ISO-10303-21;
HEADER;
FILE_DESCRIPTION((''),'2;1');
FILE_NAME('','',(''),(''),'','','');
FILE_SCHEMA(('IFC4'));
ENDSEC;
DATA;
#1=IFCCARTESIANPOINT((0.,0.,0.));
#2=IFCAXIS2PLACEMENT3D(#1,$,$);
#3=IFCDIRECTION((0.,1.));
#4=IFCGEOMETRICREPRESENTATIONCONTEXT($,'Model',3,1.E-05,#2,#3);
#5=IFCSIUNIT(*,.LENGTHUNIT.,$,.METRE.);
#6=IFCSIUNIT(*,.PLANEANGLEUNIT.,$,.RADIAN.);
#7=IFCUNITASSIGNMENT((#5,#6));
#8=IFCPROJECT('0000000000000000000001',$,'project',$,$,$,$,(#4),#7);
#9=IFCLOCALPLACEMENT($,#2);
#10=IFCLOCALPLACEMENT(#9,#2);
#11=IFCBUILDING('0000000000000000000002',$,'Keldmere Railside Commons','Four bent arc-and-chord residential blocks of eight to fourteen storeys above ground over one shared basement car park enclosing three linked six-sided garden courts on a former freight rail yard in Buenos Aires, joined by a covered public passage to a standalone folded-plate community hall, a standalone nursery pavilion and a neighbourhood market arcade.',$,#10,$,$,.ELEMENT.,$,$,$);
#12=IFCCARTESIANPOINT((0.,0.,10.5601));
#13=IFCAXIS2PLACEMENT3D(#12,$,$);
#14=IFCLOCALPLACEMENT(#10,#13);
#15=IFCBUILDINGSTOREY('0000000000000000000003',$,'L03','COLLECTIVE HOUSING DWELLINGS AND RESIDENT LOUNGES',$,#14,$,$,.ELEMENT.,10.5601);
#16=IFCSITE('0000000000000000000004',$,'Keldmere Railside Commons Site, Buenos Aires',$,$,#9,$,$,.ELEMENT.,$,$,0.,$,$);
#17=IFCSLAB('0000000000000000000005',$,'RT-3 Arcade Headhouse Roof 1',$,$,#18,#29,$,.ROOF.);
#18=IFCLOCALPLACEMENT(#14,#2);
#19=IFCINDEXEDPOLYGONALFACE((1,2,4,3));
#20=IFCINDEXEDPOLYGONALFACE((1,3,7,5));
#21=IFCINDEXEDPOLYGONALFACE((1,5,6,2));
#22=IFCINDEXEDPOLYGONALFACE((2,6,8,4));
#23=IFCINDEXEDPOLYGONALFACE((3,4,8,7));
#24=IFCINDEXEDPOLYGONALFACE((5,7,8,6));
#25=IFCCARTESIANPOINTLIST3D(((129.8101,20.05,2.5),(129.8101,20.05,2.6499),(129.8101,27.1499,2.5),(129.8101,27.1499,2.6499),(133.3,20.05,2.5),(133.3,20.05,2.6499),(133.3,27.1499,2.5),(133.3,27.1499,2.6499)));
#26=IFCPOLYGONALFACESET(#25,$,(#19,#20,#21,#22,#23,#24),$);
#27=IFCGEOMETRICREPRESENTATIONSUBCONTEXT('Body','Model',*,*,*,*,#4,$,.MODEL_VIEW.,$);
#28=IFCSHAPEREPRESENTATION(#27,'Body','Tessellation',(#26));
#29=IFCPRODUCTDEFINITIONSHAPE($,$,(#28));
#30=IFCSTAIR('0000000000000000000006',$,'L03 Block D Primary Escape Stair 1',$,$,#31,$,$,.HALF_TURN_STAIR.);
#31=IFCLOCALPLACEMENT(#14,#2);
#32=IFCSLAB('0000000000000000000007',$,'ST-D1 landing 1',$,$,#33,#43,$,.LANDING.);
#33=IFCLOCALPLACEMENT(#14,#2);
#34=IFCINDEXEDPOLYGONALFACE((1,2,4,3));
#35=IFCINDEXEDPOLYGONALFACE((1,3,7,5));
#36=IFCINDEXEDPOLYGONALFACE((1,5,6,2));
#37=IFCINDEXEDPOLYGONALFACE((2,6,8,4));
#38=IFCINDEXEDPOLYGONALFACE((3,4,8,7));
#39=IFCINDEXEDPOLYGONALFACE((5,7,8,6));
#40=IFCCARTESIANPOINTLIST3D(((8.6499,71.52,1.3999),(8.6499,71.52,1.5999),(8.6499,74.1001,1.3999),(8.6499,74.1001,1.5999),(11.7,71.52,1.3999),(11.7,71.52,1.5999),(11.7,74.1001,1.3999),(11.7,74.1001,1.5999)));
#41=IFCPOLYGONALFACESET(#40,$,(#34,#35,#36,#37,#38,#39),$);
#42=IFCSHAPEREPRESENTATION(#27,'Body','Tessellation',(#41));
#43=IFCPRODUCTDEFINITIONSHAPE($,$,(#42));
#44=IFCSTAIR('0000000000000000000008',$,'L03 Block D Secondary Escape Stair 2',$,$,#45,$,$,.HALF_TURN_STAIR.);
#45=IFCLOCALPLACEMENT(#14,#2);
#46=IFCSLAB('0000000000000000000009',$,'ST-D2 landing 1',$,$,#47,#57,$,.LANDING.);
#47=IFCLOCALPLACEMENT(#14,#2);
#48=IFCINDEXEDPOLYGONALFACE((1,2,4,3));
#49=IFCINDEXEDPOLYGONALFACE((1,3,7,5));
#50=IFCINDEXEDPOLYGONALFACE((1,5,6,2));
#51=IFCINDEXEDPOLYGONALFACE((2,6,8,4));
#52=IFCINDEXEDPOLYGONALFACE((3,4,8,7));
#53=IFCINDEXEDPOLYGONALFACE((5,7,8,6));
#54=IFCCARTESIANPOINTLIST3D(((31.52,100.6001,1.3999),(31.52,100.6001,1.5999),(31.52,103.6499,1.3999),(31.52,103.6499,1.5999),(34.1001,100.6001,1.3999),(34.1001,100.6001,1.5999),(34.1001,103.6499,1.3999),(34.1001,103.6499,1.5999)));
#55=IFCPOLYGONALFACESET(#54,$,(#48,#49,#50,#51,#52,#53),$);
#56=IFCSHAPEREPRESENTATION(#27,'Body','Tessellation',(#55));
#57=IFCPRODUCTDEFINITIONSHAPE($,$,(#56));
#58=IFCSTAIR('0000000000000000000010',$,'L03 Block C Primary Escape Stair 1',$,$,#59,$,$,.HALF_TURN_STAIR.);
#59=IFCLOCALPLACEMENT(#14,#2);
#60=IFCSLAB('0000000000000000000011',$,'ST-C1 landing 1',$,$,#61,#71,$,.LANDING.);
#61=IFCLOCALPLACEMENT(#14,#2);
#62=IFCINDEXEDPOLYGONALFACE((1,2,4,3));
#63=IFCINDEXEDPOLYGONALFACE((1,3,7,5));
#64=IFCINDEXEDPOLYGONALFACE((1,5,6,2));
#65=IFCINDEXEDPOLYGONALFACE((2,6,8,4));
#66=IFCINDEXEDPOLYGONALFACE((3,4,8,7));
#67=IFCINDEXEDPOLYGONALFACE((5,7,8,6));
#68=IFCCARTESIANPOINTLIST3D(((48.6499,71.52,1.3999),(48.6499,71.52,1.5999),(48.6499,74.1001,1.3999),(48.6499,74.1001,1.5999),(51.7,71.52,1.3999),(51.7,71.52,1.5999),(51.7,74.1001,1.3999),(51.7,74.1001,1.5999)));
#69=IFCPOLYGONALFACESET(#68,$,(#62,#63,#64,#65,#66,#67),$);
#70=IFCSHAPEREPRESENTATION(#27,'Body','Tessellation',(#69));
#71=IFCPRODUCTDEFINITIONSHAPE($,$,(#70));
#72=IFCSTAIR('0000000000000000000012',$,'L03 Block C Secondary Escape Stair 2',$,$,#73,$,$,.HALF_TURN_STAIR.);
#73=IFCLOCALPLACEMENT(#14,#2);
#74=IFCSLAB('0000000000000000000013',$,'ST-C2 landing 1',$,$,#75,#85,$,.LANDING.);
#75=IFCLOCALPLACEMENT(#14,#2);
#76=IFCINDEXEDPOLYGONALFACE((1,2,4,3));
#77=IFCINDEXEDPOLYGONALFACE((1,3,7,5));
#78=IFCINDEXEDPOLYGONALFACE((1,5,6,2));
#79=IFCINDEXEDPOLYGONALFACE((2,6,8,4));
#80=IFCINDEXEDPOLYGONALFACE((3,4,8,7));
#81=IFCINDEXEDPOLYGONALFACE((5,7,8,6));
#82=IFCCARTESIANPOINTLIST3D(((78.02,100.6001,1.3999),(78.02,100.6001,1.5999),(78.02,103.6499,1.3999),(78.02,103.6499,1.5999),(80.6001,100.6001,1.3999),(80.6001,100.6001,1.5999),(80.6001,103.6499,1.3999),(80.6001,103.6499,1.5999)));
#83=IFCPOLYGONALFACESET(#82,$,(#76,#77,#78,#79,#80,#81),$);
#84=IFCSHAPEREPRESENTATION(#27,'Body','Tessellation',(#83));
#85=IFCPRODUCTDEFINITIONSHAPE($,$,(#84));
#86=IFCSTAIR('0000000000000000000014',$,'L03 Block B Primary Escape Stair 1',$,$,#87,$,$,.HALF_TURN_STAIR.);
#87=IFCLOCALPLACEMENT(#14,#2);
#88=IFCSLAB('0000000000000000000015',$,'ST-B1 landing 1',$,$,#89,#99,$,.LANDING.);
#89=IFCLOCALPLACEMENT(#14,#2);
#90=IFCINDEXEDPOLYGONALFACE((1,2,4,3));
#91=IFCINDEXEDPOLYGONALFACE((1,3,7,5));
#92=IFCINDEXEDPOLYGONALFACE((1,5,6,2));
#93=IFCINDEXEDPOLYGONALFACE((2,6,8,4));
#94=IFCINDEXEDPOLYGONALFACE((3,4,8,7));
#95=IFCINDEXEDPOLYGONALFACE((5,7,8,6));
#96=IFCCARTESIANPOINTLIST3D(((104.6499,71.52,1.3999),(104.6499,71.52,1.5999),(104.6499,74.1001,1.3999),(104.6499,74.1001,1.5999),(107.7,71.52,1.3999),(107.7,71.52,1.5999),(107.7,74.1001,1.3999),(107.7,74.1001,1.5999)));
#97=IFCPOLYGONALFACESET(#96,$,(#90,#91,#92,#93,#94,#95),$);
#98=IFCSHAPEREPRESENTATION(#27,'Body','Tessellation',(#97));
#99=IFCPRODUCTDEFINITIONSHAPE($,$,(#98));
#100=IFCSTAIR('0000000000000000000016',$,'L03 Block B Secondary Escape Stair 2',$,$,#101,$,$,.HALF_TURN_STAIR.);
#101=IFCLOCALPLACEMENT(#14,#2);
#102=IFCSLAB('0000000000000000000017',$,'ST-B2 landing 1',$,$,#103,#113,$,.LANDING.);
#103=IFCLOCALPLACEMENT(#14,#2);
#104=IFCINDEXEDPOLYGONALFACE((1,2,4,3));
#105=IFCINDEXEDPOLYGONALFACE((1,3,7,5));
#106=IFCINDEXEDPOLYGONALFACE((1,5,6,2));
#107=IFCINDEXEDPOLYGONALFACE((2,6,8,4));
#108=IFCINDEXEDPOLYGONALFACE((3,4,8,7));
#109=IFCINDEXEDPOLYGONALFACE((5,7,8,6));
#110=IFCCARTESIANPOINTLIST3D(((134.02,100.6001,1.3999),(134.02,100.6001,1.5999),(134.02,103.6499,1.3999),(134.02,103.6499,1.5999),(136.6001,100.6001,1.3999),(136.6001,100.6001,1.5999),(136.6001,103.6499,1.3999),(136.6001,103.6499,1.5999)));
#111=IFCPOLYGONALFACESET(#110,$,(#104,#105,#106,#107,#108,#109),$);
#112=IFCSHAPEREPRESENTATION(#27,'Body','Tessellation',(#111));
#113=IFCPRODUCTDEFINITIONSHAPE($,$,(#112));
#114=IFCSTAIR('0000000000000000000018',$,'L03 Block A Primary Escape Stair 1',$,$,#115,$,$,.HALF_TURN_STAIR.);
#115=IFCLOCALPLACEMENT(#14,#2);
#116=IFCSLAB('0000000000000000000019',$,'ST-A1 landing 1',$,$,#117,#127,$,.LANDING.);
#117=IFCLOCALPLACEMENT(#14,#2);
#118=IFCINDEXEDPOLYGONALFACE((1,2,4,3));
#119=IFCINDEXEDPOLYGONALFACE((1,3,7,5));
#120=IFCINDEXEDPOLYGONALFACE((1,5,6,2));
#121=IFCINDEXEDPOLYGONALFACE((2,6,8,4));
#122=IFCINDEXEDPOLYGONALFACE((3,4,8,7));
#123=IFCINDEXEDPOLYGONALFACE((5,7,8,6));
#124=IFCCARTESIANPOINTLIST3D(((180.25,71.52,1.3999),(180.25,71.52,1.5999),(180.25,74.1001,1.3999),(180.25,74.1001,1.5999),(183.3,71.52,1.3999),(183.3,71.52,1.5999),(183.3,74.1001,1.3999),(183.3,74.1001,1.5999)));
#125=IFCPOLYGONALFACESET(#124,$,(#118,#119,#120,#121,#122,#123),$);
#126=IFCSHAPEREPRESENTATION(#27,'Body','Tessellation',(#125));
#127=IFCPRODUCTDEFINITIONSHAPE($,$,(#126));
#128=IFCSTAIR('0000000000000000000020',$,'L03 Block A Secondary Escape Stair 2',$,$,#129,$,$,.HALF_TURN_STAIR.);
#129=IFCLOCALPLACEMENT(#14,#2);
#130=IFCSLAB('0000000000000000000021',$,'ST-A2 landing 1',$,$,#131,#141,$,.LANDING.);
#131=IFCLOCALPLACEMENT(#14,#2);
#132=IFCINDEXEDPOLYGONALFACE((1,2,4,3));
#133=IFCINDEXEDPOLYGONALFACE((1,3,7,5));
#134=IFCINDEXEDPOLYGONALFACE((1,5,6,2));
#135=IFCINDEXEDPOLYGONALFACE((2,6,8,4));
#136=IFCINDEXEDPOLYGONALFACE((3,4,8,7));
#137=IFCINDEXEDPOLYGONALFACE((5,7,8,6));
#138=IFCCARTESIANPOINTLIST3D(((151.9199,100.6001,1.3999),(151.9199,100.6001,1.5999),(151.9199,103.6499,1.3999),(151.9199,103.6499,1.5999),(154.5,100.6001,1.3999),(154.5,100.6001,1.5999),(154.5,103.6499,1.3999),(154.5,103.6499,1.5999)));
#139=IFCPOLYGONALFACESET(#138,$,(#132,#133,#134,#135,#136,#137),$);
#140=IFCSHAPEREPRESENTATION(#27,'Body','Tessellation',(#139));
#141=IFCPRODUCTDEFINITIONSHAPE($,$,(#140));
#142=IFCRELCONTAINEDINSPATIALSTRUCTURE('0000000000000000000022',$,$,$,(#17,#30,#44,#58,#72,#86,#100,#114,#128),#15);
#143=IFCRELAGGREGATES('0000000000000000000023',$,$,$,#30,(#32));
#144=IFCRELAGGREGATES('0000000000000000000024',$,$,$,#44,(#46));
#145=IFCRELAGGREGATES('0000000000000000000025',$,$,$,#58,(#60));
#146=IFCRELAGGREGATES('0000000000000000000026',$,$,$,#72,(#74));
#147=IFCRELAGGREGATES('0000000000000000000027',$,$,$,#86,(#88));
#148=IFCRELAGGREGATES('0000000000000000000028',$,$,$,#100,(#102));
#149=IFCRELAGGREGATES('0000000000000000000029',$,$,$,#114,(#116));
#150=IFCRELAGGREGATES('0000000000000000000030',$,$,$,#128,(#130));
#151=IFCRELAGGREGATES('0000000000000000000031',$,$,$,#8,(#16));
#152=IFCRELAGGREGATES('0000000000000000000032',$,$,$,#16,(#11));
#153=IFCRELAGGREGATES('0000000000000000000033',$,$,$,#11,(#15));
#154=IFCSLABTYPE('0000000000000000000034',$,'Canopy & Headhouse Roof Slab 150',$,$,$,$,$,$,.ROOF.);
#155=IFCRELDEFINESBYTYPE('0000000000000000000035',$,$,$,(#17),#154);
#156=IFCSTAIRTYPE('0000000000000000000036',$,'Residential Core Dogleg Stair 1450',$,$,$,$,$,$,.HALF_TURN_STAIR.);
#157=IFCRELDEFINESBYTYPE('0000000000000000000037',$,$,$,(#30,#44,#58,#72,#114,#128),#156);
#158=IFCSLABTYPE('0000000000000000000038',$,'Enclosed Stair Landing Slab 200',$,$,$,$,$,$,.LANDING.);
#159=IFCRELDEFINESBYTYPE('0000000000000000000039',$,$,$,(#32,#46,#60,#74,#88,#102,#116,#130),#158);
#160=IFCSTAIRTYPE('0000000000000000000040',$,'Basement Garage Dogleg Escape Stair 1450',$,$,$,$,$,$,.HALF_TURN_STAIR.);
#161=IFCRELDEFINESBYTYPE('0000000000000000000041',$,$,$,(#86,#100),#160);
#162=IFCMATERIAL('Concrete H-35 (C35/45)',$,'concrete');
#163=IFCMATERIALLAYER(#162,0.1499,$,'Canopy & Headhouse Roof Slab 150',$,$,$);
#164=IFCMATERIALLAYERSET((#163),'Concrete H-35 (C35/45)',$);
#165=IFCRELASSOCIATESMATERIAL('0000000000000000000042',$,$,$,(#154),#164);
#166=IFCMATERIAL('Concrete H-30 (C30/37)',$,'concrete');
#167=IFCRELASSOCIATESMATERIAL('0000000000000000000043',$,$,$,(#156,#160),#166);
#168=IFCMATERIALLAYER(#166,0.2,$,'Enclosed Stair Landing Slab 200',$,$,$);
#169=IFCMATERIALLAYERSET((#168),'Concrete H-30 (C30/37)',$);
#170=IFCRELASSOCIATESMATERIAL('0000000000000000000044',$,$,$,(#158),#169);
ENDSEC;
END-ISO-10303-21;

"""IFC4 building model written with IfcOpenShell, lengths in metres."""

from ifc_helpers import new_model, si_unit, direction, frame, origin, place, context, subcontext, project, spatial, polyline, outline, extrude, material, layer, layer_set, type_object, element, aggregate, save


model = new_model("IFC4")

# Units and contexts
model_context = context("Model", 3, precision=1e-05, world=origin(), true_north=direction((0.0, 1.0)))
body_context = subcontext(model_context, "Body", "Model", "MODEL_VIEW")
ifc_project = project(units=[si_unit("LENGTHUNIT", "METRE"), si_unit("PLANEANGLEUNIT", "RADIAN")], contexts=[model_context])

# Site, building, storey
site_placement = place(None, origin())
site = spatial("IfcSite", under=ifc_project, at=site_placement, Name="Keldmere Railside Commons Site, Buenos Aires", CompositionType="ELEMENT", RefElevation=0.0)
building_placement = place(site_placement, origin())
building = spatial("IfcBuilding", under=site, at=building_placement, Name="Keldmere Railside Commons", Description="Four bent arc-and-chord residential blocks of eight to fourteen storeys above ground over one shared basement car park enclosing three linked six-sided garden courts on a former freight rail yard in Buenos Aires, joined by a covered public passage to a standalone folded-plate community hall, a standalone nursery pavilion and a neighbourhood market arcade.", CompositionType="ELEMENT")
storey_placement = place(building_placement, frame((0.0, 0.0, 10.5601)))
storey = spatial("IfcBuildingStorey", under=building, at=storey_placement, Name="L03", Description="COLLECTIVE HOUSING DWELLINGS AND RESIDENT LOUNGES", CompositionType="ELEMENT", Elevation=10.5601)

# Slab
ifc_material_1 = material(Name="Concrete H-35 (C35/45)", Category="concrete")
ifc_layer_1 = layer(ifc_material_1, 0.1499, Name="Canopy & Headhouse Roof Slab 150")
ifc_layer_set_1 = layer_set([ifc_layer_1], Name="Concrete H-35 (C35/45)")
slab_type_1 = type_object("IfcSlabType", Name="Canopy & Headhouse Roof Slab 150", PredefinedType="ROOF", material=ifc_layer_set_1)
slab_1_placement = place(storey_placement, frame((0.0, 0.0, 2.5)))
element("IfcSlab", 1, at=slab_1_placement, inside=storey, type_object=slab_type_1, Name="RT-3 Arcade Headhouse Roof 1", PredefinedType="ROOF", context=body_context, shape_type="SweptSolid", body=[
    extrude(outline(polyline([(129.8101, 20.05), (133.3, 20.05), (133.3, 27.1499), (129.8101, 27.1499), (129.8101, 20.05)])), origin(), (0.0, 0.0, 1.0), 0.1499),
])

# Stairs, slabs
ifc_material_2 = material(Name="Concrete H-30 (C30/37)", Category="concrete")
stair_type_1 = type_object("IfcStairType", Name="Residential Core Dogleg Stair 1450", PredefinedType="HALF_TURN_STAIR", material=ifc_material_2)
stair_1_placement = place(storey_placement, origin())
stair_1 = element("IfcStair", 2, at=stair_1_placement, inside=storey, type_object=stair_type_1, Name="L03 Block D Primary Escape Stair 1", PredefinedType="HALF_TURN_STAIR")
ifc_layer_2 = layer(ifc_material_2, 0.2, Name="Enclosed Stair Landing Slab 200")
ifc_layer_set_2 = layer_set([ifc_layer_2], Name="Concrete H-30 (C30/37)")
slab_type_2 = type_object("IfcSlabType", Name="Enclosed Stair Landing Slab 200", PredefinedType="LANDING", material=ifc_layer_set_2)
slab_2_placement = place(storey_placement, frame((0.0, 0.0, 1.3999)))
slab_2 = element("IfcSlab", 3, at=slab_2_placement, type_object=slab_type_2, Name="ST-D1 landing 1", PredefinedType="LANDING", context=body_context, shape_type="SweptSolid", body=[
    extrude(outline(polyline([(11.7, 71.52), (11.7, 74.1001), (8.6499, 74.1001), (8.6499, 71.52), (11.7, 71.52)])), origin(), (0.0, 0.0, 1.0), 0.2),
])
aggregate(stair_1, [slab_2])
stair_2_placement = place(storey_placement, origin())
stair_2 = element("IfcStair", 4, at=stair_2_placement, inside=storey, type_object=stair_type_1, Name="L03 Block D Secondary Escape Stair 2", PredefinedType="HALF_TURN_STAIR")
slab_3_placement = place(storey_placement, frame((0.0, 0.0, 1.3999)))
slab_3 = element("IfcSlab", 5, at=slab_3_placement, type_object=slab_type_2, Name="ST-D2 landing 1", PredefinedType="LANDING", context=body_context, shape_type="SweptSolid", body=[
    extrude(outline(polyline([(31.52, 100.6001), (34.1001, 100.6001), (34.1001, 103.6499), (31.52, 103.6499), (31.52, 100.6001)])), origin(), (0.0, 0.0, 1.0), 0.2),
])
aggregate(stair_2, [slab_3])
stair_3_placement = place(storey_placement, origin())
stair_3 = element("IfcStair", 6, at=stair_3_placement, inside=storey, type_object=stair_type_1, Name="L03 Block C Primary Escape Stair 1", PredefinedType="HALF_TURN_STAIR")
slab_4_placement = place(storey_placement, frame((0.0, 0.0, 1.3999)))
slab_4 = element("IfcSlab", 7, at=slab_4_placement, type_object=slab_type_2, Name="ST-C1 landing 1", PredefinedType="LANDING", context=body_context, shape_type="SweptSolid", body=[
    extrude(outline(polyline([(51.7, 71.52), (51.7, 74.1001), (48.6499, 74.1001), (48.6499, 71.52), (51.7, 71.52)])), origin(), (0.0, 0.0, 1.0), 0.2),
])
aggregate(stair_3, [slab_4])
stair_4_placement = place(storey_placement, origin())
stair_4 = element("IfcStair", 8, at=stair_4_placement, inside=storey, type_object=stair_type_1, Name="L03 Block C Secondary Escape Stair 2", PredefinedType="HALF_TURN_STAIR")
slab_5_placement = place(storey_placement, frame((0.0, 0.0, 1.3999)))
slab_5 = element("IfcSlab", 9, at=slab_5_placement, type_object=slab_type_2, Name="ST-C2 landing 1", PredefinedType="LANDING", context=body_context, shape_type="SweptSolid", body=[
    extrude(outline(polyline([(78.02, 100.6001), (80.6001, 100.6001), (80.6001, 103.6499), (78.02, 103.6499), (78.02, 100.6001)])), origin(), (0.0, 0.0, 1.0), 0.2),
])
aggregate(stair_4, [slab_5])
stair_type_2 = type_object("IfcStairType", Name="Basement Garage Dogleg Escape Stair 1450", PredefinedType="HALF_TURN_STAIR", material=ifc_material_2)
stair_5_placement = place(storey_placement, origin())
stair_5 = element("IfcStair", 10, at=stair_5_placement, inside=storey, type_object=stair_type_2, Name="L03 Block B Primary Escape Stair 1", PredefinedType="HALF_TURN_STAIR")
slab_6_placement = place(storey_placement, frame((0.0, 0.0, 1.3999)))
slab_6 = element("IfcSlab", 11, at=slab_6_placement, type_object=slab_type_2, Name="ST-B1 landing 1", PredefinedType="LANDING", context=body_context, shape_type="SweptSolid", body=[
    extrude(outline(polyline([(107.7, 71.52), (107.7, 74.1001), (104.6499, 74.1001), (104.6499, 71.52), (107.7, 71.52)])), origin(), (0.0, 0.0, 1.0), 0.2),
])
aggregate(stair_5, [slab_6])
stair_6_placement = place(storey_placement, origin())
stair_6 = element("IfcStair", 12, at=stair_6_placement, inside=storey, type_object=stair_type_2, Name="L03 Block B Secondary Escape Stair 2", PredefinedType="HALF_TURN_STAIR")
slab_7_placement = place(storey_placement, frame((0.0, 0.0, 1.3999)))
slab_7 = element("IfcSlab", 13, at=slab_7_placement, type_object=slab_type_2, Name="ST-B2 landing 1", PredefinedType="LANDING", context=body_context, shape_type="SweptSolid", body=[
    extrude(outline(polyline([(134.02, 100.6001), (136.6001, 100.6001), (136.6001, 103.6499), (134.02, 103.6499), (134.02, 100.6001)])), origin(), (0.0, 0.0, 1.0), 0.2),
])
aggregate(stair_6, [slab_7])
stair_7_placement = place(storey_placement, origin())
stair_7 = element("IfcStair", 14, at=stair_7_placement, inside=storey, type_object=stair_type_1, Name="L03 Block A Primary Escape Stair 1", PredefinedType="HALF_TURN_STAIR")
slab_8_placement = place(storey_placement, frame((0.0, 0.0, 1.3999)))
slab_8 = element("IfcSlab", 15, at=slab_8_placement, type_object=slab_type_2, Name="ST-A1 landing 1", PredefinedType="LANDING", context=body_context, shape_type="SweptSolid", body=[
    extrude(outline(polyline([(183.3, 71.52), (183.3, 74.1001), (180.25, 74.1001), (180.25, 71.52), (183.3, 71.52)])), origin(), (0.0, 0.0, 1.0), 0.2),
])
aggregate(stair_7, [slab_8])
stair_8_placement = place(storey_placement, origin())
stair_8 = element("IfcStair", 16, at=stair_8_placement, inside=storey, type_object=stair_type_1, Name="L03 Block A Secondary Escape Stair 2", PredefinedType="HALF_TURN_STAIR")
slab_9_placement = place(storey_placement, frame((0.0, 0.0, 1.3999)))
slab_9 = element("IfcSlab", 17, at=slab_9_placement, type_object=slab_type_2, Name="ST-A2 landing 1", PredefinedType="LANDING", context=body_context, shape_type="SweptSolid", body=[
    extrude(outline(polyline([(151.9199, 100.6001), (154.5, 100.6001), (154.5, 103.6499), (151.9199, 103.6499), (151.9199, 100.6001)])), origin(), (0.0, 0.0, 1.0), 0.2),
])
aggregate(stair_8, [slab_9])

save(model, "model.ifc")
